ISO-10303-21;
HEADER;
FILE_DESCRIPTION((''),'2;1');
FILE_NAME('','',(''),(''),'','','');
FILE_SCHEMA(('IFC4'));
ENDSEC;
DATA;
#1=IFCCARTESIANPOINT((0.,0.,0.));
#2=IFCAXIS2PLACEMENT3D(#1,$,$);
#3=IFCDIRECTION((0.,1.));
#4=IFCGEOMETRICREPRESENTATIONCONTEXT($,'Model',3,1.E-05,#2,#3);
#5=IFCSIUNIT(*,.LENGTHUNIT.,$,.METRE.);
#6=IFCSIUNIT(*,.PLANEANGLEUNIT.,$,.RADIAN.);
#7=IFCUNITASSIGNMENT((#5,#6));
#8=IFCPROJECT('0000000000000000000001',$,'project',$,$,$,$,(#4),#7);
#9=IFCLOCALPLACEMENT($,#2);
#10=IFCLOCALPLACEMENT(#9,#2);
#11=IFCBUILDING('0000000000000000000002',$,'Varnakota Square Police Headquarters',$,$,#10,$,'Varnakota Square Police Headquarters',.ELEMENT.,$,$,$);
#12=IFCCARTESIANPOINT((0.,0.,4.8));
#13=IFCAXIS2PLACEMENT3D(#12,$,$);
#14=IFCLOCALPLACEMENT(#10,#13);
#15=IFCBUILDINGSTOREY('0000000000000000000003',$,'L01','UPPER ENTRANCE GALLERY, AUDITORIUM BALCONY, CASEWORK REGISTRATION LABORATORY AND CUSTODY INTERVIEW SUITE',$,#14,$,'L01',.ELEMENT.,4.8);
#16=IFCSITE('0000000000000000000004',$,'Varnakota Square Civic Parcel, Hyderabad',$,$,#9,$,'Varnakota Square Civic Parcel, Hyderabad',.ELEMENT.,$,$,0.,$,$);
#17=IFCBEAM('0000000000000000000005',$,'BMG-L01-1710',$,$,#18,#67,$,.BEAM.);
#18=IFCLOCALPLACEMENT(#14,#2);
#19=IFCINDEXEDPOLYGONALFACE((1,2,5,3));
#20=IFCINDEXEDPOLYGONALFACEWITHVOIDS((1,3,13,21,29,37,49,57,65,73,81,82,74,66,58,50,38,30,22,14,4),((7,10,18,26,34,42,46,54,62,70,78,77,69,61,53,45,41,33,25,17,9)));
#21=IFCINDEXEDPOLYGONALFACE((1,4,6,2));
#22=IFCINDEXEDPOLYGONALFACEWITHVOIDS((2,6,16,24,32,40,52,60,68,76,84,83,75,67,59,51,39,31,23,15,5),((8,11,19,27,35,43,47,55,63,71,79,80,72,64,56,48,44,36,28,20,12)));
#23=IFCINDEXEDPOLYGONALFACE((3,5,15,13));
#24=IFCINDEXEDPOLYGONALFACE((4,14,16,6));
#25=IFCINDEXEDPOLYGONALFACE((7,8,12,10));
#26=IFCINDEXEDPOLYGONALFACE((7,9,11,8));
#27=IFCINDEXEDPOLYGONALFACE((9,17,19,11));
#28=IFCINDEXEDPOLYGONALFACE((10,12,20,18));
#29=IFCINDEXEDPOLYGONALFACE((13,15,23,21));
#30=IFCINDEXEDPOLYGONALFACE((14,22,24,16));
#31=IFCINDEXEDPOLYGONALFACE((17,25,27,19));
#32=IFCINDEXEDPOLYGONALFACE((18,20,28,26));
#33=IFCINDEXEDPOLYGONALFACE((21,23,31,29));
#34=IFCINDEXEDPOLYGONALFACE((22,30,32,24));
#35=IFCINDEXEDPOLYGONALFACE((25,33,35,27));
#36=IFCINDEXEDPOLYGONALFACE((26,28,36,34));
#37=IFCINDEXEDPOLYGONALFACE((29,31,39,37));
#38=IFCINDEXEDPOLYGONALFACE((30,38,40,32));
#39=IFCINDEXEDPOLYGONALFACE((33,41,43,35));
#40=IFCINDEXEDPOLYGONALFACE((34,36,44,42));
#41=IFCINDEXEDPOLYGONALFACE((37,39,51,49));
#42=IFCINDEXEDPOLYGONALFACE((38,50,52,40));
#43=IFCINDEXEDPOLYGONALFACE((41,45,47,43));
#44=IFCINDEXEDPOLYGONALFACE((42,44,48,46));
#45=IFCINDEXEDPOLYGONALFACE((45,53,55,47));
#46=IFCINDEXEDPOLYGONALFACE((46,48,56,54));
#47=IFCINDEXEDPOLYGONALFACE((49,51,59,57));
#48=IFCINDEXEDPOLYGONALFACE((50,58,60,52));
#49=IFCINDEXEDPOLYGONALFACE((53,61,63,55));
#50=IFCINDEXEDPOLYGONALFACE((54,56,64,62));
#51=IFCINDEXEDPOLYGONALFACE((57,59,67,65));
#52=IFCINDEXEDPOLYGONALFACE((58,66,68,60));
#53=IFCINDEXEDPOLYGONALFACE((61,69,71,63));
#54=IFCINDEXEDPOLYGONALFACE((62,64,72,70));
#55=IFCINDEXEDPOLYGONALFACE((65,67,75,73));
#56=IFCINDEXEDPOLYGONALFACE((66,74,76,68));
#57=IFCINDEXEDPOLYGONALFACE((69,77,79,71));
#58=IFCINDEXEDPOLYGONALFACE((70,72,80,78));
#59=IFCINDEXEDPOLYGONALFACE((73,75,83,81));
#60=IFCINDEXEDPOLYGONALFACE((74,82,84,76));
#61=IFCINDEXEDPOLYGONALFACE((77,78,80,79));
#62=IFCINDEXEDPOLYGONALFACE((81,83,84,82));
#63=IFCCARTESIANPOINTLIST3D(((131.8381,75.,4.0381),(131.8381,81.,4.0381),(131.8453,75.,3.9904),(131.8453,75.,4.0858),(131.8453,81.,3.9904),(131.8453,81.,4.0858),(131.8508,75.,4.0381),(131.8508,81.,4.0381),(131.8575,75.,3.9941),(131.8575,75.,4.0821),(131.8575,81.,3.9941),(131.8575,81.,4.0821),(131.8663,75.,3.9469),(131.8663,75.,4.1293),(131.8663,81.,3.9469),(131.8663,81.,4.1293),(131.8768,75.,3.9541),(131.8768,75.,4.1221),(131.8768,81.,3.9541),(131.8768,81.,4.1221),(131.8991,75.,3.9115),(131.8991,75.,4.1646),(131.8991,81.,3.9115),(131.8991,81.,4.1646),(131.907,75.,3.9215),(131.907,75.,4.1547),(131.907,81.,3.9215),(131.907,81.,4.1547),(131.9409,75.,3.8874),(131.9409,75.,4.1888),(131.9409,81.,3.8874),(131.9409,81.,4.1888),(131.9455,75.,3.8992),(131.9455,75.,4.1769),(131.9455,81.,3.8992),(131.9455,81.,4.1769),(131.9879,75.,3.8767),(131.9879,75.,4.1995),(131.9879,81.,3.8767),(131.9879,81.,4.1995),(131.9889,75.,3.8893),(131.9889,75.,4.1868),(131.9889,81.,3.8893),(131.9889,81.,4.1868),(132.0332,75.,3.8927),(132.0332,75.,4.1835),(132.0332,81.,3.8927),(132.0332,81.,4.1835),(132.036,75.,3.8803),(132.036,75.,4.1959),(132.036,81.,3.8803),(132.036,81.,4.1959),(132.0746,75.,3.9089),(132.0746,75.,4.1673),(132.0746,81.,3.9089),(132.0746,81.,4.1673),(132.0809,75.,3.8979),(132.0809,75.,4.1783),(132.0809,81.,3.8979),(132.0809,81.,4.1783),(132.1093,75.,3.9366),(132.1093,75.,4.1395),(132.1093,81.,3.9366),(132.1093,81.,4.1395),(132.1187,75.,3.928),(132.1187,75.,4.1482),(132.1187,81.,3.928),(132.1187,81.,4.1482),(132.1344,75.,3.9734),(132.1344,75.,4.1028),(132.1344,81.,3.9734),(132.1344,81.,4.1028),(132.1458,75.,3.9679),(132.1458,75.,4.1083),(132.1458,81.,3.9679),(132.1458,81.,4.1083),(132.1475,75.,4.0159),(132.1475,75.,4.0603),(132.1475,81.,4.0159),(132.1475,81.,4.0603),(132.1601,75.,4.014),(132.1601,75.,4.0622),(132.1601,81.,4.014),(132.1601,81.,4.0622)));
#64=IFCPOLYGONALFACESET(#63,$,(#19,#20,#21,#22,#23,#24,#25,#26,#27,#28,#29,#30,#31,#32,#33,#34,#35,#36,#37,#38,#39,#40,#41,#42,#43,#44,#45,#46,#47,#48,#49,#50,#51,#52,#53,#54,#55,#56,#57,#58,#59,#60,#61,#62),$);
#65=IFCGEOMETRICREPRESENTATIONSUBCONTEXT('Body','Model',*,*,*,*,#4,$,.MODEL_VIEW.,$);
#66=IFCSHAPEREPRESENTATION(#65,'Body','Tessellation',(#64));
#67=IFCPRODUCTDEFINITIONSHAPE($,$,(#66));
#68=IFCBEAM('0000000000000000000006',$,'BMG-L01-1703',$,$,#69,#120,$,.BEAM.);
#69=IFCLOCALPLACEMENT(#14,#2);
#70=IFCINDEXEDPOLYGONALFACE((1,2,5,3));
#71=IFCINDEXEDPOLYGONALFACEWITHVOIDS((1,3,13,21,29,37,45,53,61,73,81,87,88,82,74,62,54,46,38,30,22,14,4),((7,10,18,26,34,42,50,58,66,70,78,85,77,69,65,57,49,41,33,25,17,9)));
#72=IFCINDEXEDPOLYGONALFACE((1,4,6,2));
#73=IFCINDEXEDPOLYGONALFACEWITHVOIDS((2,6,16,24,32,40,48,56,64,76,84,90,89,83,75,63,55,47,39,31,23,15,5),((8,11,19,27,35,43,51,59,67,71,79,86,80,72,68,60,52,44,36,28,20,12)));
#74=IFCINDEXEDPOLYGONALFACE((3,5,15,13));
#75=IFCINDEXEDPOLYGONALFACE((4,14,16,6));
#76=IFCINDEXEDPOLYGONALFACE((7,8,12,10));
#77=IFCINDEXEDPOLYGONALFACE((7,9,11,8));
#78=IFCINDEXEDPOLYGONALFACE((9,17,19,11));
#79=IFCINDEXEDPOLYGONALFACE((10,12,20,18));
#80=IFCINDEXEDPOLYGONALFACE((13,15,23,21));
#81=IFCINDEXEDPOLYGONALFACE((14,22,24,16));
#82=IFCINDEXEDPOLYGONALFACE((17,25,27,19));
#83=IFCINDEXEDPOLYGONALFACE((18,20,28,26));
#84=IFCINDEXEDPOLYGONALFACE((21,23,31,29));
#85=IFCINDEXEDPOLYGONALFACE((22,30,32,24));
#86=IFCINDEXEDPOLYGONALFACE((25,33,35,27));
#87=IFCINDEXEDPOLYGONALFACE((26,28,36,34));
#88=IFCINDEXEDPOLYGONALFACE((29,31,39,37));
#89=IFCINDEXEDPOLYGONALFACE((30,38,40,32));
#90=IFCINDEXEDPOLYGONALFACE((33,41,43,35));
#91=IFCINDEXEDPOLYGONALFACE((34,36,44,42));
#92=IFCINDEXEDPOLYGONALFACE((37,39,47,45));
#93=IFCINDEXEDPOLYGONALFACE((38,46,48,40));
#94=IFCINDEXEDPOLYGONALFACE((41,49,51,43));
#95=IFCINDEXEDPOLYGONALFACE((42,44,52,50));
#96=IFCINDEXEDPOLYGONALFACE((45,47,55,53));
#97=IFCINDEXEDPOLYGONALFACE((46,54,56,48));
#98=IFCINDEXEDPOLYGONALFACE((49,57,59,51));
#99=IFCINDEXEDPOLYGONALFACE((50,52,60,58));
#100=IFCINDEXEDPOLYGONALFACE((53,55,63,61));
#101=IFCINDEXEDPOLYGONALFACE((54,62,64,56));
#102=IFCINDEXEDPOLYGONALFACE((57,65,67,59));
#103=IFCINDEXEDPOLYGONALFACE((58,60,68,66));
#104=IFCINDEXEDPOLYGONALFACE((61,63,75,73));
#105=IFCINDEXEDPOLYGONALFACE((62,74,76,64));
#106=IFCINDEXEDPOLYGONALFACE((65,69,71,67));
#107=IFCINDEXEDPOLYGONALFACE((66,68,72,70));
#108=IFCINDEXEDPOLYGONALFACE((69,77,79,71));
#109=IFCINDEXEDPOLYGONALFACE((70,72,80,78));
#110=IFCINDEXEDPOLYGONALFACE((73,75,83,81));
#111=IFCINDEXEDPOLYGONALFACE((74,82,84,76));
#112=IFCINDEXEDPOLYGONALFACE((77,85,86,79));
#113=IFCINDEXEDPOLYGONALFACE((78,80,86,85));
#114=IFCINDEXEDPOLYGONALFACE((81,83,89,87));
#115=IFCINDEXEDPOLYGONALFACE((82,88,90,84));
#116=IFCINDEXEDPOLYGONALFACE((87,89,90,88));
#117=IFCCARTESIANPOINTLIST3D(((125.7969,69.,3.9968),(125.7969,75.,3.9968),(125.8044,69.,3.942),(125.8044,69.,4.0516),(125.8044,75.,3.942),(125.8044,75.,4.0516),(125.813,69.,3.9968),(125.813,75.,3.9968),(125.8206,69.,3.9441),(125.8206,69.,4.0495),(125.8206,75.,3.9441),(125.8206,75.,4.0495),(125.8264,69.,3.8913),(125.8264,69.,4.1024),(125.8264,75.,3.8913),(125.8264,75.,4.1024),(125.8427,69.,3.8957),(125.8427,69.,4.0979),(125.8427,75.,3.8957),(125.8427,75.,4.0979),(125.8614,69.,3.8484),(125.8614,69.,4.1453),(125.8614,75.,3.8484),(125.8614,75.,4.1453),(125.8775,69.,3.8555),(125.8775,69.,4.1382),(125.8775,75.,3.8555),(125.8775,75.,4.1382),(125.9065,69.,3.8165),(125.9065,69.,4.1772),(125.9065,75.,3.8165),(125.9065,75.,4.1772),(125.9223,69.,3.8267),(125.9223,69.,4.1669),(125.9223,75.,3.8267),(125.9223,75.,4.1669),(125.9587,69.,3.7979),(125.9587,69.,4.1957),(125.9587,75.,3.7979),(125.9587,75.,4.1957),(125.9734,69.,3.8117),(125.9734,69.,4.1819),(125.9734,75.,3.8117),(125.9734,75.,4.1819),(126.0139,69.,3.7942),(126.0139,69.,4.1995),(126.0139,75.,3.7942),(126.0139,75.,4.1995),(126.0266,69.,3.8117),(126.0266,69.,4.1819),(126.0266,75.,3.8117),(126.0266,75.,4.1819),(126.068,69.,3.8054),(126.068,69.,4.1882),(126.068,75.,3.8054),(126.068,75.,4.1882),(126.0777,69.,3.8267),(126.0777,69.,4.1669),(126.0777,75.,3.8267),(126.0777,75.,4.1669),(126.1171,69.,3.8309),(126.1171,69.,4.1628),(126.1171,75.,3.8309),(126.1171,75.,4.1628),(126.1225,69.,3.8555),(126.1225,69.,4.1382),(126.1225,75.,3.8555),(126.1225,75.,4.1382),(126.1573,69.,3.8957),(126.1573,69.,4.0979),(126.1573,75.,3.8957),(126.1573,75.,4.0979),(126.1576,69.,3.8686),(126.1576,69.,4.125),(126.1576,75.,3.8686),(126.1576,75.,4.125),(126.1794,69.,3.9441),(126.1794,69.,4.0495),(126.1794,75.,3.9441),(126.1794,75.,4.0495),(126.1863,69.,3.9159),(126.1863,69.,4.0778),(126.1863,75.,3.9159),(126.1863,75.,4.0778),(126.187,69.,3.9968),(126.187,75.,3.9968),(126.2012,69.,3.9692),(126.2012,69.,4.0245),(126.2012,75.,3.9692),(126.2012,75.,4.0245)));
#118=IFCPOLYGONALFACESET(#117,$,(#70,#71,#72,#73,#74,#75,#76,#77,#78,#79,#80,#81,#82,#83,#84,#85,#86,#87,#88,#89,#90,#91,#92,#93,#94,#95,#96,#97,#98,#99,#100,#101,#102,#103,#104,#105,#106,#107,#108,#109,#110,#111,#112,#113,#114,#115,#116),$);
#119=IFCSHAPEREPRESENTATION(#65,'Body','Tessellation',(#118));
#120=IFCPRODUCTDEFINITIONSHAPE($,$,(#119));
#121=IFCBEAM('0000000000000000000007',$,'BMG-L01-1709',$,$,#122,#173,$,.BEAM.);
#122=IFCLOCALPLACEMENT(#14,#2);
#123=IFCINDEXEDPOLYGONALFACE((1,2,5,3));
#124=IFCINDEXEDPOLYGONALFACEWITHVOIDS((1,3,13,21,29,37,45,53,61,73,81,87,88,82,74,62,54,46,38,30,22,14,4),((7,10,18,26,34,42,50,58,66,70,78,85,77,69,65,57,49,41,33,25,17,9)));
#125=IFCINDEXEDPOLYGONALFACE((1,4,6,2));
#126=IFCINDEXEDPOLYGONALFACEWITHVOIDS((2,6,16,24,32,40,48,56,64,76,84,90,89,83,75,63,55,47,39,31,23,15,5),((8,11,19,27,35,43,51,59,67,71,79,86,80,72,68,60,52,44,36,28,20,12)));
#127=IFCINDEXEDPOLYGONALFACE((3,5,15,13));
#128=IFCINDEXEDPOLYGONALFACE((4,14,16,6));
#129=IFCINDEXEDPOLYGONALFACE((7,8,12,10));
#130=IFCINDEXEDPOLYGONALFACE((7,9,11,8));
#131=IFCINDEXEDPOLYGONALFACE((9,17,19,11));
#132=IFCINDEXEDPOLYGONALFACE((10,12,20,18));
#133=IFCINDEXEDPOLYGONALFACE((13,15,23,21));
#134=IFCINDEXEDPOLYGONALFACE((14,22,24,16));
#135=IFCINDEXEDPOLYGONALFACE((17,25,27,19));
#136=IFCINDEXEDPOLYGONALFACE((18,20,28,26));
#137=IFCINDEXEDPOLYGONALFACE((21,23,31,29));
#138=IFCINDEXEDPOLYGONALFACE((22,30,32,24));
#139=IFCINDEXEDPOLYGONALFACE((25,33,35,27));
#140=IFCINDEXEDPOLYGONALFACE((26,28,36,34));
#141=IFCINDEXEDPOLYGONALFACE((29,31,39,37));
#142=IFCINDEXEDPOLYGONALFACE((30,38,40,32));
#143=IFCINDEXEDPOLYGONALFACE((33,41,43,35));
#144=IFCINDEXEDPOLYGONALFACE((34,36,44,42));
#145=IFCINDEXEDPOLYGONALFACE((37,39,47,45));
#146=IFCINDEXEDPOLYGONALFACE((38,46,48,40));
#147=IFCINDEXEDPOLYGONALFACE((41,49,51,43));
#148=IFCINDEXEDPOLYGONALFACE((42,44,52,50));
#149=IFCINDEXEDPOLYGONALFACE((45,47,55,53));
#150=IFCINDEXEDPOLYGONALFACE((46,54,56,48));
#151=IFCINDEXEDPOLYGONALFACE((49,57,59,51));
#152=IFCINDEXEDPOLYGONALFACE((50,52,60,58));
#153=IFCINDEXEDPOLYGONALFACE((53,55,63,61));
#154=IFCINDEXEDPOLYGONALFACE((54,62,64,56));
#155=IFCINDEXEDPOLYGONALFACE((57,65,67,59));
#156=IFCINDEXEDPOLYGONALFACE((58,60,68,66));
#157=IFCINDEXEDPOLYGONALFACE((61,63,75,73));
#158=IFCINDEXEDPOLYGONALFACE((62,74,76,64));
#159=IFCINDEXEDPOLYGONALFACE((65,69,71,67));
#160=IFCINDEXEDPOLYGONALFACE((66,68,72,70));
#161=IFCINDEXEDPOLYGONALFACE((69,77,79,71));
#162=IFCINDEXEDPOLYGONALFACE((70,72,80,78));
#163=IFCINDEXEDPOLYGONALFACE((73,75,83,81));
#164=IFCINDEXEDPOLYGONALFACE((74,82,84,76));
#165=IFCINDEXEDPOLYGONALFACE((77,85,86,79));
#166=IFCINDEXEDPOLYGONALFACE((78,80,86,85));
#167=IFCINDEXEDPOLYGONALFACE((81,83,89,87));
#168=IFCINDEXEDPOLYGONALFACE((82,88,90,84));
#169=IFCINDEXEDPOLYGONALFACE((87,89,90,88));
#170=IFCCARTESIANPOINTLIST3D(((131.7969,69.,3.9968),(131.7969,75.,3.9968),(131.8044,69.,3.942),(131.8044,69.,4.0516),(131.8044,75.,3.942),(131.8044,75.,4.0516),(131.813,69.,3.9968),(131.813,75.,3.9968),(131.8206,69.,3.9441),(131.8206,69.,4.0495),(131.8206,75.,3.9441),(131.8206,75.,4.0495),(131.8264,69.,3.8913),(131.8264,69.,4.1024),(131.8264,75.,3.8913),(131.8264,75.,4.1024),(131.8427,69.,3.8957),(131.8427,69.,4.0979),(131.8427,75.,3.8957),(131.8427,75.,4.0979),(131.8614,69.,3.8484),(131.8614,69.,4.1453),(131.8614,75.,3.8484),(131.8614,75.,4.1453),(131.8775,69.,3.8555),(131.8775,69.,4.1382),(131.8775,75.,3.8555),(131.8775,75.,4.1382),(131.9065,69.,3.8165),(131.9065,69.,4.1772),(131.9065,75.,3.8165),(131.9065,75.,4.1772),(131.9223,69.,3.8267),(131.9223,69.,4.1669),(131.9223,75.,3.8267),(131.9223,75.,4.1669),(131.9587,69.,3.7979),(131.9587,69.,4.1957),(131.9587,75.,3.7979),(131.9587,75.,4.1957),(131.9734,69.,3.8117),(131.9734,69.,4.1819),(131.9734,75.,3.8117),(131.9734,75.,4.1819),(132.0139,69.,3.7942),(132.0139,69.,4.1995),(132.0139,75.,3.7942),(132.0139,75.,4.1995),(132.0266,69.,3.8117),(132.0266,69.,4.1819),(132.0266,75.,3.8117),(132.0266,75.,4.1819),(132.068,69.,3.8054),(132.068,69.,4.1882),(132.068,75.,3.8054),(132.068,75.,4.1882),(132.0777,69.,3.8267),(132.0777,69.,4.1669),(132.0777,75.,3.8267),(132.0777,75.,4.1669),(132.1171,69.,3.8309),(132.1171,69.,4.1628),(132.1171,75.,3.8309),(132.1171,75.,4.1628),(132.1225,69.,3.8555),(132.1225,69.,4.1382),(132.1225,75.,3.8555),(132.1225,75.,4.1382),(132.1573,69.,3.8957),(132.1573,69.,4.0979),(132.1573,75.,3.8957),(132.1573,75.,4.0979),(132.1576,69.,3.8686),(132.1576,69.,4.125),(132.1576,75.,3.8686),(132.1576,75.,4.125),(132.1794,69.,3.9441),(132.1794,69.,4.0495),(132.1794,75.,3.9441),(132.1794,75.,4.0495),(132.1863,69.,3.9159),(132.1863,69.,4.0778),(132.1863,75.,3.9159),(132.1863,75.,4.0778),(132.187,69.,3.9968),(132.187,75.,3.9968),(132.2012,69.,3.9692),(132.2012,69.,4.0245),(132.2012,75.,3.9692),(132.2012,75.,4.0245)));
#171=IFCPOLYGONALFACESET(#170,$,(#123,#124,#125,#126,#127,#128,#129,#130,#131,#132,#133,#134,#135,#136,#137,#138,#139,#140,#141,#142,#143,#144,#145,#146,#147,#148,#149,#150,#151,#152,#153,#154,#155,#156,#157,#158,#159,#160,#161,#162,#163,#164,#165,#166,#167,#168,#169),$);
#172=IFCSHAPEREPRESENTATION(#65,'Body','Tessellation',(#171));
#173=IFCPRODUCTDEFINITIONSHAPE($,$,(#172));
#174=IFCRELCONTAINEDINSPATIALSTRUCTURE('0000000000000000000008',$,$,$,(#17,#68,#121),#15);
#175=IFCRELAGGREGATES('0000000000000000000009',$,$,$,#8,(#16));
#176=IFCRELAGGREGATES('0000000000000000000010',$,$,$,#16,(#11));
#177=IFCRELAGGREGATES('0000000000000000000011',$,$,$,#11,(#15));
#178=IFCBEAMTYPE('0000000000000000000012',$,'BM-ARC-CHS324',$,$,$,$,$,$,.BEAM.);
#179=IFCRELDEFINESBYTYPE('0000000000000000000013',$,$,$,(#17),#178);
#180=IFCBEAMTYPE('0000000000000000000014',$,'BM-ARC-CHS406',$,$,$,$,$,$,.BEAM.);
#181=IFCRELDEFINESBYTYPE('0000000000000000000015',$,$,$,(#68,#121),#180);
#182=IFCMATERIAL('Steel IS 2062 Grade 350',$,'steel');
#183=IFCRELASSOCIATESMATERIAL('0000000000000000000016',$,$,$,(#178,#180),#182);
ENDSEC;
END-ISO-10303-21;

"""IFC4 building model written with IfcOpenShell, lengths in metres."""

from ifc_helpers import new_model, si_unit, direction, frame, origin, origin_2d, place, context, subcontext, project, spatial, hollow_circle, extrude, material, material_profile, profile_set, type_object, element, save


model = new_model("IFC4")

# Units and contexts
model_context = context("Model", 3, precision=1e-05, world=origin(), true_north=direction((0.0, 1.0)))
body_context = subcontext(model_context, "Body", "Model", "MODEL_VIEW")
ifc_project = project(units=[si_unit("LENGTHUNIT", "METRE"), si_unit("PLANEANGLEUNIT", "RADIAN")], contexts=[model_context])

# Site, building, storey
site_placement = place(None, origin())
site = spatial("IfcSite", under=ifc_project, at=site_placement, Name="Varnakota Square Civic Parcel, Hyderabad", LongName="Varnakota Square Civic Parcel, Hyderabad", CompositionType="ELEMENT", RefElevation=0.0)
building_placement = place(site_placement, origin())
building = spatial("IfcBuilding", under=site, at=building_placement, Name="Varnakota Square Police Headquarters", LongName="Varnakota Square Police Headquarters", CompositionType="ELEMENT")
storey_placement = place(building_placement, frame((0.0, 0.0, 4.8)))
storey = spatial("IfcBuildingStorey", under=building, at=storey_placement, Name="L01", Description="UPPER ENTRANCE GALLERY, AUDITORIUM BALCONY, CASEWORK REGISTRATION LABORATORY AND CUSTODY INTERVIEW SUITE", LongName="L01", CompositionType="ELEMENT", Elevation=4.8)

# Shared definitions
ifc_material_1 = material(Name="Steel IS 2062 Grade 350", Category="steel")

# Beams
ifc_material_profile_1 = material_profile(ifc_material_1, hollow_circle(Radius=0.1619, WallThickness=0.0127, at=origin_2d()), Name="CHS 323.9x12.7")
ifc_profile_set_1 = profile_set([ifc_material_profile_1], Name="Steel IS 2062 Grade 350")
beam_type_1 = type_object("IfcBeamType", Name="BM-ARC-CHS324", PredefinedType="BEAM", material=ifc_profile_set_1)
for number, where, z_axis, x_axis, name in (
    (1, (132.0, 75.0, 4.0381), (0.0, 1.0, 0.0), (-1.0, 0.0, 0.0), "BMG-L01-1710"),
):
    element("IfcBeam", number, at=place(storey_placement, frame(where, z_axis=z_axis, x_axis=x_axis)), inside=storey, type_object=beam_type_1, Name=name, PredefinedType="BEAM", context=body_context, shape_type="SweptSolid", body=[
        extrude(hollow_circle(Radius=0.1619, WallThickness=0.0127, at=origin_2d()), origin(), (0.0, 0.0, 1.0), 6.0),
    ])
ifc_material_profile_2 = material_profile(ifc_material_1, hollow_circle(Radius=0.2031, WallThickness=0.0161, at=origin_2d()), Name="CHS 406.4x16.0")
ifc_profile_set_2 = profile_set([ifc_material_profile_2], Name="Steel IS 2062 Grade 350")
beam_type_2 = type_object("IfcBeamType", Name="BM-ARC-CHS406", PredefinedType="BEAM", material=ifc_profile_set_2)
for number, where, z_axis, x_axis, name in (
    (2, (126.0, 69.0, 3.9968), (0.0, 1.0, 0.0), (-1.0, 0.0, 0.0), "BMG-L01-1703"),
    (3, (132.0, 69.0, 3.9968), (0.0, 1.0, 0.0), (-1.0, 0.0, 0.0), "BMG-L01-1709"),
):
    element("IfcBeam", number, at=place(storey_placement, frame(where, z_axis=z_axis, x_axis=x_axis)), inside=storey, type_object=beam_type_2, Name=name, PredefinedType="BEAM", context=body_context, shape_type="SweptSolid", body=[
        extrude(hollow_circle(Radius=0.2031, WallThickness=0.0161, at=origin_2d()), origin(), (0.0, 0.0, 1.0), 6.0),
    ])

save(model, "model.ifc")
